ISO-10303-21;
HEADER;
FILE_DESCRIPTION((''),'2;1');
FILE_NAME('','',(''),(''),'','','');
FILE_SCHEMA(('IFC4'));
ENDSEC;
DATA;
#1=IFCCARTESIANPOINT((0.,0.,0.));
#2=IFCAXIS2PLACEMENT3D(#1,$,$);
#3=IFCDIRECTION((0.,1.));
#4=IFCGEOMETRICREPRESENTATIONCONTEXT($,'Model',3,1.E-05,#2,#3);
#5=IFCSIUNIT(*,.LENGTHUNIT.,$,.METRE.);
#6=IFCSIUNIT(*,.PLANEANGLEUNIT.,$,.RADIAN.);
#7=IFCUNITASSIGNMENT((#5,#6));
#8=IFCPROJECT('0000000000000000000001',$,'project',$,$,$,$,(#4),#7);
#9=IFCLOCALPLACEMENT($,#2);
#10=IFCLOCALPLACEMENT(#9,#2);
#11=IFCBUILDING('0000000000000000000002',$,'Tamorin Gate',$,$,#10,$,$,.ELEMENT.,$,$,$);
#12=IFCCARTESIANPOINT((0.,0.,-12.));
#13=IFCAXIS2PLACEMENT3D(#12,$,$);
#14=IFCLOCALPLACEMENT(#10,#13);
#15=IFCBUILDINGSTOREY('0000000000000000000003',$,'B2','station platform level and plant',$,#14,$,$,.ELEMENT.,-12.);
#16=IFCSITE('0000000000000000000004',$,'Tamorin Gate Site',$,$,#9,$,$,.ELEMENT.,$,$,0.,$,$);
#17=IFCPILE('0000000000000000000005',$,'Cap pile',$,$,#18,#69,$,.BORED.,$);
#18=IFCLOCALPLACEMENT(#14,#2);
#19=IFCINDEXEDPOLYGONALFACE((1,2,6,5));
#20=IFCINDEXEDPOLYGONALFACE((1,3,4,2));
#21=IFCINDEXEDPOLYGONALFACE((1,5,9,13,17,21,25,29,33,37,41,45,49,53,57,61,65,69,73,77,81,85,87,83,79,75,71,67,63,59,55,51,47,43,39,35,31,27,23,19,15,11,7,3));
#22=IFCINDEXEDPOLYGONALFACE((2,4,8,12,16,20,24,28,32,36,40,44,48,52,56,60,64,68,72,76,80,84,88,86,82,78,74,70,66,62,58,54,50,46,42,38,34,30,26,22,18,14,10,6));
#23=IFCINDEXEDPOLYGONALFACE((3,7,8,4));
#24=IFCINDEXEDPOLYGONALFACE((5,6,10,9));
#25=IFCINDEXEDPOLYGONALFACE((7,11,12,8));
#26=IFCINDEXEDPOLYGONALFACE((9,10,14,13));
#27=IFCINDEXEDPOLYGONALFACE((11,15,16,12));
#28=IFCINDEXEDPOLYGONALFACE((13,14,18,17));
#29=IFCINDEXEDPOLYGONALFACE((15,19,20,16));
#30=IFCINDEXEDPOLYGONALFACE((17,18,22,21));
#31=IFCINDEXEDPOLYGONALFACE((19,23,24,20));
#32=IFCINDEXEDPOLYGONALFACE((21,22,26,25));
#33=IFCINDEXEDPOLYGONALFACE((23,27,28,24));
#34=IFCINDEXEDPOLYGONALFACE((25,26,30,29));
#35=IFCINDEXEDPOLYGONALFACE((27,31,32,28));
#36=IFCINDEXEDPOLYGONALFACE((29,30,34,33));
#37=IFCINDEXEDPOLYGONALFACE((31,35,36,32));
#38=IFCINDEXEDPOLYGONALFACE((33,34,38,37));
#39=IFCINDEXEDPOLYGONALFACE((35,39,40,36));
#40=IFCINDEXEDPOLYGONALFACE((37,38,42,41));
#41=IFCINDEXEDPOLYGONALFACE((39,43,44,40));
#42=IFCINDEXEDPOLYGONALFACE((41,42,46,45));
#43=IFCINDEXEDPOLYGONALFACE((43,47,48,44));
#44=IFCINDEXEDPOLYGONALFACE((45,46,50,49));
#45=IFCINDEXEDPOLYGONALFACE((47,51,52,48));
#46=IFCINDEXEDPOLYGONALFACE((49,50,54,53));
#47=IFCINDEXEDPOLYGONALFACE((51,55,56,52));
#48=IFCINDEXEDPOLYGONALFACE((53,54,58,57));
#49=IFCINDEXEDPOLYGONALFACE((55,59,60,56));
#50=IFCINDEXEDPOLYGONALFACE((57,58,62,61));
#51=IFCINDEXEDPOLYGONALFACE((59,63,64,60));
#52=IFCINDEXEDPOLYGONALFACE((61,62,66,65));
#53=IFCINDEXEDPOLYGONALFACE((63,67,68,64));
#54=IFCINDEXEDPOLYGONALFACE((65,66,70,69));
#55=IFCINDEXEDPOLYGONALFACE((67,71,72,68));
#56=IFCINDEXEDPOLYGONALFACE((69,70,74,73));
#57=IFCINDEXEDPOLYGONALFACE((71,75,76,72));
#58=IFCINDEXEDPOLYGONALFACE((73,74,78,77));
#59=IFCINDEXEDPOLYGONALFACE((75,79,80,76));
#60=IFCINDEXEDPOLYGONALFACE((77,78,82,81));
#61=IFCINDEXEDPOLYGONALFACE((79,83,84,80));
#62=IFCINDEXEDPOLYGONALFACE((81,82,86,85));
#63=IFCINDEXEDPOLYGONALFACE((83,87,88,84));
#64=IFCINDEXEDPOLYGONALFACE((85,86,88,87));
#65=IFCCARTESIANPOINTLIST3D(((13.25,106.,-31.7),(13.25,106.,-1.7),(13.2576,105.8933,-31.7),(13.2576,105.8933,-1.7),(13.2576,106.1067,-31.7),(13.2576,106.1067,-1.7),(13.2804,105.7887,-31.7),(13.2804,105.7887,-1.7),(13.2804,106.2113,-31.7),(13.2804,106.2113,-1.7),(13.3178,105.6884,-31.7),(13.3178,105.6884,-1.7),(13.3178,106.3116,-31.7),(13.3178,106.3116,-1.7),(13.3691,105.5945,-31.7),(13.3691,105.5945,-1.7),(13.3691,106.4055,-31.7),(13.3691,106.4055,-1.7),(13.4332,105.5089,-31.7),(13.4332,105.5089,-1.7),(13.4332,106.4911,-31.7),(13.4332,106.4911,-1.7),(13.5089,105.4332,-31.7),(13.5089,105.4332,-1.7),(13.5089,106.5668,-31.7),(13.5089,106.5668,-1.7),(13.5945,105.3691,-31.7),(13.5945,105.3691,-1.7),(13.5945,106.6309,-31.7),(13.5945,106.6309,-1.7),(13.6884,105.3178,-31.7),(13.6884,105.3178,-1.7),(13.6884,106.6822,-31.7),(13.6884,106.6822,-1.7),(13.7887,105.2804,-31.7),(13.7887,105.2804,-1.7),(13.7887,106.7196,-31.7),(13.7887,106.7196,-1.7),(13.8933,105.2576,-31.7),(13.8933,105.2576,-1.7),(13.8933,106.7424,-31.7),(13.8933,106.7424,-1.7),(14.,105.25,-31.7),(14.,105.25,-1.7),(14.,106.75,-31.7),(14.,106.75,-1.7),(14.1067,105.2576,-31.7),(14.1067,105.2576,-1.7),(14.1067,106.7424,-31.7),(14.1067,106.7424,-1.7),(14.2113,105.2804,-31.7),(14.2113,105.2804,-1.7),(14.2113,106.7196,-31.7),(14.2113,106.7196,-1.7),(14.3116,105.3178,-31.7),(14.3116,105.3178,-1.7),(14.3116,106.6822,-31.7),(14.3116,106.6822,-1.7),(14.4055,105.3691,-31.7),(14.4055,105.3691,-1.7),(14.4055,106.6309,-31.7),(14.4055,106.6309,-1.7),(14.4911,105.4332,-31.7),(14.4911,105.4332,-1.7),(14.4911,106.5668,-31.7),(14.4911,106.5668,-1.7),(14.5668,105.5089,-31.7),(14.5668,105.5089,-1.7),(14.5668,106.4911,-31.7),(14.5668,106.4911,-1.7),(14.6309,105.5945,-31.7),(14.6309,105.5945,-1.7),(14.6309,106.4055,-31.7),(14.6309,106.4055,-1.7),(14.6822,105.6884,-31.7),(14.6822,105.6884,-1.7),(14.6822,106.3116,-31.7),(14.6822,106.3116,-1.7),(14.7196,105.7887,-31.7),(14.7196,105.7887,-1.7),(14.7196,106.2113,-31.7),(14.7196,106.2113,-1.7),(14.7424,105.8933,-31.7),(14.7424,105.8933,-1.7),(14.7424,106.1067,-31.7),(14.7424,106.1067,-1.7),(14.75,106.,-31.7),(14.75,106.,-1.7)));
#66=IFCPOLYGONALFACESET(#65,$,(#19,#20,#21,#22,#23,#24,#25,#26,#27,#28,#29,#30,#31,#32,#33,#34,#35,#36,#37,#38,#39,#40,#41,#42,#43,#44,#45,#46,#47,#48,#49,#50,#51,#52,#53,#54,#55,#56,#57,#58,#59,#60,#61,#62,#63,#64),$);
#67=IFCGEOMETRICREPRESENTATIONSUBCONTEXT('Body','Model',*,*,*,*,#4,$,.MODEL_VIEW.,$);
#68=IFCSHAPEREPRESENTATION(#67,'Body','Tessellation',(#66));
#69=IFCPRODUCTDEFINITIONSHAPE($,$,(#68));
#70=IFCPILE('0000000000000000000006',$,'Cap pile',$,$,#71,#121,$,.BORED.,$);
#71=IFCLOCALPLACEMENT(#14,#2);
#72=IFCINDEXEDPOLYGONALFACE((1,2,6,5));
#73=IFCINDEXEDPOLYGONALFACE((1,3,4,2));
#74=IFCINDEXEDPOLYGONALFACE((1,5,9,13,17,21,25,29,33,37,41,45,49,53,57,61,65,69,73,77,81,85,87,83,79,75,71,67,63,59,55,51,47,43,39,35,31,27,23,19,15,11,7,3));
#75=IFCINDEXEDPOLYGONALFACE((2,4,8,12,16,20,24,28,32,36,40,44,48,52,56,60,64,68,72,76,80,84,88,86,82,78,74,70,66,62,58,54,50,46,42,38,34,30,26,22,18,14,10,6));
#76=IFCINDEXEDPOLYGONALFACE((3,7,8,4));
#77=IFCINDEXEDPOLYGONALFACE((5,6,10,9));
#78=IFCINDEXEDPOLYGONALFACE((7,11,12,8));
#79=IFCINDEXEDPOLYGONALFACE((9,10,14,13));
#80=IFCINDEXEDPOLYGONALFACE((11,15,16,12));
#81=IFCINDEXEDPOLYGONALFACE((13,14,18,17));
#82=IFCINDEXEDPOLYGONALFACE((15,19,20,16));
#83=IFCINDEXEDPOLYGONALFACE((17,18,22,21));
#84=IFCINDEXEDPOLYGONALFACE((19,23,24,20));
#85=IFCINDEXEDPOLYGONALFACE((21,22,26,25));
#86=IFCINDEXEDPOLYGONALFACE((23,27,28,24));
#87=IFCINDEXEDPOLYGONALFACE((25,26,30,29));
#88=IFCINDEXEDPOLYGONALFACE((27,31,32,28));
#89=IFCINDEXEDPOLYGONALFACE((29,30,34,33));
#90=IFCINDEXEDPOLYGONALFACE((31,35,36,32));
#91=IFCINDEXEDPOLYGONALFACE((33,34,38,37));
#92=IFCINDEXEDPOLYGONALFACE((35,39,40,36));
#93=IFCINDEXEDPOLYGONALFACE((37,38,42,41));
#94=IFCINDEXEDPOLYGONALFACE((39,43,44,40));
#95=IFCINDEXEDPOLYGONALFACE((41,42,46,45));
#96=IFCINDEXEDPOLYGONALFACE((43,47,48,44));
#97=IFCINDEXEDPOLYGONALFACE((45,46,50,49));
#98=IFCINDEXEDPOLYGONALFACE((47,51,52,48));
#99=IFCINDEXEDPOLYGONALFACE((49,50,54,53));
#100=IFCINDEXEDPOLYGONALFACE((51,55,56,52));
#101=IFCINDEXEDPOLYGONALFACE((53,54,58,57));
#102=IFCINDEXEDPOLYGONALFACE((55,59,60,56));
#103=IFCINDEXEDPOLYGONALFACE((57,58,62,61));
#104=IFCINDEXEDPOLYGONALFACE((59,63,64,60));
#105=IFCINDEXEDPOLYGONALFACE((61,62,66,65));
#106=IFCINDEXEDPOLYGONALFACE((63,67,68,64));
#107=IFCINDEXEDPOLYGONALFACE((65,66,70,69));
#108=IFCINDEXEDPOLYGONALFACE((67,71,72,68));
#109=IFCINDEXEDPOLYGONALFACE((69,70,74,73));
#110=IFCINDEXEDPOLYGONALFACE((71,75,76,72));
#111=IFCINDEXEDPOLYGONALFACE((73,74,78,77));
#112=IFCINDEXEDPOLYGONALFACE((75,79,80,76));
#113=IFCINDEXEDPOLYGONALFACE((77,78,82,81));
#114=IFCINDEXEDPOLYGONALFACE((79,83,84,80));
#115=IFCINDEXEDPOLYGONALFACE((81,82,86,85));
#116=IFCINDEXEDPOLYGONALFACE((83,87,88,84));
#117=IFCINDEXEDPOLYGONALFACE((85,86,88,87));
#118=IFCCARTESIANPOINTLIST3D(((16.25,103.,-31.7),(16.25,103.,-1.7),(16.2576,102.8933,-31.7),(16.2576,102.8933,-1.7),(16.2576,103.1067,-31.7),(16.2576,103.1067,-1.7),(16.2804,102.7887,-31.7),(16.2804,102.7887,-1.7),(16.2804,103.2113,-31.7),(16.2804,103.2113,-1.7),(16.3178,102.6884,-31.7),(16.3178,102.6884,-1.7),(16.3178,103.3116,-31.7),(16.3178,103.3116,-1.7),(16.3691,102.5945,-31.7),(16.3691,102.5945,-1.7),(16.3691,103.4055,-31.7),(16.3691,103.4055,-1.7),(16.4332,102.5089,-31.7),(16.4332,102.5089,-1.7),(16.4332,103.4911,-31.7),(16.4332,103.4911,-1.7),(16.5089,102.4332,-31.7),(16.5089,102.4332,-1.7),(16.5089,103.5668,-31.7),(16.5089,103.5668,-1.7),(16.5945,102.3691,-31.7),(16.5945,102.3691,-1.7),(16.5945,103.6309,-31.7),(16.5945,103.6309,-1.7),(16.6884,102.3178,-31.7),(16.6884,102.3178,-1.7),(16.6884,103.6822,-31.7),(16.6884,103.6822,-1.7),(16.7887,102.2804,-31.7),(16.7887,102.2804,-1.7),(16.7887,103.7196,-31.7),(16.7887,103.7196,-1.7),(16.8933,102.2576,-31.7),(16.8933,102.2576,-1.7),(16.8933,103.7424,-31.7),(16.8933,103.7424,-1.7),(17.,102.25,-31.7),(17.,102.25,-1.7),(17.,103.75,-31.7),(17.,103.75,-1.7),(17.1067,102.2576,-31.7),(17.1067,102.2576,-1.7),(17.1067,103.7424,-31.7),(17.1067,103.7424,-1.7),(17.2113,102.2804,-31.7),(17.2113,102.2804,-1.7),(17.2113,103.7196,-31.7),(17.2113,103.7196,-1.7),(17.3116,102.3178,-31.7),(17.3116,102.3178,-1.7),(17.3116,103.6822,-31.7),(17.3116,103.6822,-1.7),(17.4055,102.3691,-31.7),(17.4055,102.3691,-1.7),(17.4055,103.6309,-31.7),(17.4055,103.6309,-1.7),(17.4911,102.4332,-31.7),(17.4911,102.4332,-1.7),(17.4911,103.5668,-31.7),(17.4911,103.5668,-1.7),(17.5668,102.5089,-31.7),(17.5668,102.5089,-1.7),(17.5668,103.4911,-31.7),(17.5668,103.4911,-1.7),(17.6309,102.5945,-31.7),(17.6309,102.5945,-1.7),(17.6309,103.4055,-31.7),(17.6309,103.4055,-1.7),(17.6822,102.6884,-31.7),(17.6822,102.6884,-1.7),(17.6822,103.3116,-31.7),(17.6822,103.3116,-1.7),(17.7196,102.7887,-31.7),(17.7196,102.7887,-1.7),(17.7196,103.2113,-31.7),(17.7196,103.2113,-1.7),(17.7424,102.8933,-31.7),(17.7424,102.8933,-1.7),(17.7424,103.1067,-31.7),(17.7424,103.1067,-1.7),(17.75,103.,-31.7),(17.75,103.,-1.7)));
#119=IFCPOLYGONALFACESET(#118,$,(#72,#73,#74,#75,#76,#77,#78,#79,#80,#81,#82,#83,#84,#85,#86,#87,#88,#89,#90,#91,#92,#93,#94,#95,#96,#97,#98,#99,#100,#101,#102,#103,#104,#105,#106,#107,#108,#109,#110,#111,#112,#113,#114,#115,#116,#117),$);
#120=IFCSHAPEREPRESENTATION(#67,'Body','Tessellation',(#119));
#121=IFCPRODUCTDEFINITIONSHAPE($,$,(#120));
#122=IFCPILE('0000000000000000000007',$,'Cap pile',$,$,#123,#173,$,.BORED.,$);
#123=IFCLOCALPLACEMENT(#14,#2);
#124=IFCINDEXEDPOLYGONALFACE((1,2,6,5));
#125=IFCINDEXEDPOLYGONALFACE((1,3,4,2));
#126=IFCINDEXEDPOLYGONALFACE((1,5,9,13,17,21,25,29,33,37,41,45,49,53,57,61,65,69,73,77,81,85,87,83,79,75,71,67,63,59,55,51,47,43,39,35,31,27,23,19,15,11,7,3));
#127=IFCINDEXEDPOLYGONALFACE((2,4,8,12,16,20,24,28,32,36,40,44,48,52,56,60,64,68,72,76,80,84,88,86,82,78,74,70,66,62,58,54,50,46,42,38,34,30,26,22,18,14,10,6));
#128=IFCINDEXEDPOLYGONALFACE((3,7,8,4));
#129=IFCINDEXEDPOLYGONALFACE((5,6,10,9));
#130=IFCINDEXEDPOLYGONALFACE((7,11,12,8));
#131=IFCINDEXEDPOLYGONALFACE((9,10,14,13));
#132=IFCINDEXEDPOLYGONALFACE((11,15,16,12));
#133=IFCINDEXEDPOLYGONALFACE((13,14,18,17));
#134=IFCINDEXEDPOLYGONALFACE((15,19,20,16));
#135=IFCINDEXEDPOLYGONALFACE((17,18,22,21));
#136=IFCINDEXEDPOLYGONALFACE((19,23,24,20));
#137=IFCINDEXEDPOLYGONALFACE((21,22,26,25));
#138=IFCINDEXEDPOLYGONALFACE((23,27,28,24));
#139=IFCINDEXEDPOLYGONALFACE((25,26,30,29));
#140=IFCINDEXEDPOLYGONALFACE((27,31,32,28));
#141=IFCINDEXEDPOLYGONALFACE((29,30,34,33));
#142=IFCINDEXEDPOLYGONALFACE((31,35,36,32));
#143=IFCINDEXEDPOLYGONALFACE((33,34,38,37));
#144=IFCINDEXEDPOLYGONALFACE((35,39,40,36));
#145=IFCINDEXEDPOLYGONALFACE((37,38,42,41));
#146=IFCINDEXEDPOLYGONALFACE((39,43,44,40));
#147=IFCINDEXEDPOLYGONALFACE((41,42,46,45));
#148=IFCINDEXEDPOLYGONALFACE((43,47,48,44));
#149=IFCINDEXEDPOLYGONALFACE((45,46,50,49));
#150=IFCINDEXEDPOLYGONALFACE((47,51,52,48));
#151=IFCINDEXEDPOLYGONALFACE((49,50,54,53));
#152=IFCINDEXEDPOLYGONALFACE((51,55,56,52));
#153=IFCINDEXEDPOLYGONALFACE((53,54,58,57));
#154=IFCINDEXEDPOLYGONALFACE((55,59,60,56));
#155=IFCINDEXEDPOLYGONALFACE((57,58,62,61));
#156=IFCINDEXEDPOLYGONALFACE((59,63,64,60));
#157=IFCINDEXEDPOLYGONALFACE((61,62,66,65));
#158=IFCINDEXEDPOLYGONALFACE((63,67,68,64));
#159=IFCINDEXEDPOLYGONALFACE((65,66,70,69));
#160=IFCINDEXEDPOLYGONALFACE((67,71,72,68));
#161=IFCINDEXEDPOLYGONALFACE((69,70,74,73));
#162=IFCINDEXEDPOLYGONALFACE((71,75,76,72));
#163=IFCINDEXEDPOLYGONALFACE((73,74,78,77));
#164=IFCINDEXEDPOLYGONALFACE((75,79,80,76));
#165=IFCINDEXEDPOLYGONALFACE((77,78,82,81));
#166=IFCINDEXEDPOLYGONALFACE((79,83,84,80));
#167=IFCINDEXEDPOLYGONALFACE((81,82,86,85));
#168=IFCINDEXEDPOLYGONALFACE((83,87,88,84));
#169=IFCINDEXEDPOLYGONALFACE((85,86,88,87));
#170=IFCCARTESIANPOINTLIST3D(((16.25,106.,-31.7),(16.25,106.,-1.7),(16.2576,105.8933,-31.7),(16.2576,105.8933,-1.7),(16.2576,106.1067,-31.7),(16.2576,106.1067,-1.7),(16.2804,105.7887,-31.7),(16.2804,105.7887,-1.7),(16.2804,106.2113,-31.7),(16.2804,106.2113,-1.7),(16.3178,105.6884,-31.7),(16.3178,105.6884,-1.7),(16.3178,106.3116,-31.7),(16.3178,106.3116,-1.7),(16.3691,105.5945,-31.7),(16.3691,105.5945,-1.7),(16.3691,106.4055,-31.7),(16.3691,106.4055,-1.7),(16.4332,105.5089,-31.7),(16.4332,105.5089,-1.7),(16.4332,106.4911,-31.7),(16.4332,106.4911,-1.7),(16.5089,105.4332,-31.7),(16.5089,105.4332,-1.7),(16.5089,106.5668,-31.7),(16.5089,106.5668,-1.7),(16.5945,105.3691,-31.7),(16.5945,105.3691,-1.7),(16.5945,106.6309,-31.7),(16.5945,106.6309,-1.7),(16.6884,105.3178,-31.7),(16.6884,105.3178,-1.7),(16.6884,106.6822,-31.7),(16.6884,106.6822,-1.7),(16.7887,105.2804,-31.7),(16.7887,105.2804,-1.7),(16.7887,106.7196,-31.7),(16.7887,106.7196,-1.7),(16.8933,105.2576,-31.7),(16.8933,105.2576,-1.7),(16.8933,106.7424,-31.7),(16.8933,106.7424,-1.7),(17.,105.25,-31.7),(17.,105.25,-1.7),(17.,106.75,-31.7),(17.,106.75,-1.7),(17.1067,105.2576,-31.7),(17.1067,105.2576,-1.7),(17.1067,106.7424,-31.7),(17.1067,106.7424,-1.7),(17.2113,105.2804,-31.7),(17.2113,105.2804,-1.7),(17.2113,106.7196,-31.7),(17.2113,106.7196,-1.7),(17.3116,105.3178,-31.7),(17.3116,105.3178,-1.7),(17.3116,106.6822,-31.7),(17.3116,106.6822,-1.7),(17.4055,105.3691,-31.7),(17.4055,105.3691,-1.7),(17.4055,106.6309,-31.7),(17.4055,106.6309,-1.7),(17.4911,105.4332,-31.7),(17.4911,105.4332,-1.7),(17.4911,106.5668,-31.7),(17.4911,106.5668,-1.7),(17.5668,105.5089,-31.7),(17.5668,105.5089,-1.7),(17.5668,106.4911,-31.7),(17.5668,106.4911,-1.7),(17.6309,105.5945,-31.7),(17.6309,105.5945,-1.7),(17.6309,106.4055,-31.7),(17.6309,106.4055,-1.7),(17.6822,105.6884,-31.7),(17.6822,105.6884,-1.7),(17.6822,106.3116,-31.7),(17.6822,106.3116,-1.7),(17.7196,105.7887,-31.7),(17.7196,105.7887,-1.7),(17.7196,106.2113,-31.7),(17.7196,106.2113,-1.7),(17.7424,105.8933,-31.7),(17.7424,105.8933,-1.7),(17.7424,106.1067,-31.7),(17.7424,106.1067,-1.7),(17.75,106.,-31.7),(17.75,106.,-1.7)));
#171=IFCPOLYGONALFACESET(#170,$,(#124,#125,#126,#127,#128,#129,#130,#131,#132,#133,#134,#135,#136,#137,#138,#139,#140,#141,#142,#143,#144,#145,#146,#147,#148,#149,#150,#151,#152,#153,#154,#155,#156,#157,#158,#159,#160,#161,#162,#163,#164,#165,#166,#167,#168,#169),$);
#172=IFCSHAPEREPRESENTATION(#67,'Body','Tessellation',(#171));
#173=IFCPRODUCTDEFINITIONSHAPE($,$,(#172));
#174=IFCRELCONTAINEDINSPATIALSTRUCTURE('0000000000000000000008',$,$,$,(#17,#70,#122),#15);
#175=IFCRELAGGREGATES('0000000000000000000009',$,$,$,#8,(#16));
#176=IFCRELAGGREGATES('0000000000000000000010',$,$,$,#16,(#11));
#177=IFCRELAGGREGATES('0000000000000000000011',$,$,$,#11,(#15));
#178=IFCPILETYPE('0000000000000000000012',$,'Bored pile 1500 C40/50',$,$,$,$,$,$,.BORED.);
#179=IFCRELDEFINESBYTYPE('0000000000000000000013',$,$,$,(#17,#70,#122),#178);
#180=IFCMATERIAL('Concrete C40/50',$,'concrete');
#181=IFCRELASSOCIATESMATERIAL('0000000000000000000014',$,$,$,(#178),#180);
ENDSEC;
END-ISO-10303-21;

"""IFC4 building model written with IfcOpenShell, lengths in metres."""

from ifc_helpers import new_model, si_unit, direction, frame, origin, origin_2d, place, context, subcontext, project, spatial, circle, extrude, material, material_profile, profile_set, type_object, element, save


model = new_model("IFC4")

# Units and contexts
model_context = context("Model", 3, precision=1e-05, world=origin(), true_north=direction((0.0, 1.0)))
body_context = subcontext(model_context, "Body", "Model", "MODEL_VIEW")
ifc_project = project(units=[si_unit("LENGTHUNIT", "METRE"), si_unit("PLANEANGLEUNIT", "RADIAN")], contexts=[model_context])

# Site, building, storey
site_placement = place(None, origin())
site = spatial("IfcSite", under=ifc_project, at=site_placement, Name="Tamorin Gate Site", CompositionType="ELEMENT", RefElevation=0.0)
building_placement = place(site_placement, origin())
building = spatial("IfcBuilding", under=site, at=building_placement, Name="Tamorin Gate", CompositionType="ELEMENT")
storey_placement = place(building_placement, frame((0.0, 0.0, -12.0)))
storey = spatial("IfcBuildingStorey", under=building, at=storey_placement, Name="B2", Description="station platform level and plant", CompositionType="ELEMENT", Elevation=-12.0)

# Piles
ifc_material_1 = material(Name="Concrete C40/50", Category="concrete")
ifc_material_profile_1 = material_profile(ifc_material_1, circle(Radius=0.75, at=origin_2d()))
ifc_profile_set_1 = profile_set([ifc_material_profile_1], Name="Concrete C40/50")
pile_type = type_object("IfcPileType", Name="Bored pile 1500 C40/50", PredefinedType="BORED", material=ifc_profile_set_1)
for number, where, z_axis, x_axis, name in (
    (1, (14.0, 106.0, -1.7), (0.0, 0.0, -1.0), (1.0, 0.0, 0.0), "Cap pile"),
    (2, (17.0, 103.0, -1.7), (0.0, 0.0, -1.0), (1.0, 0.0, 0.0), "Cap pile"),
    (3, (17.0, 106.0, -1.7), (0.0, 0.0, -1.0), (1.0, 0.0, 0.0), "Cap pile"),
):
    element("IfcPile", number, at=place(storey_placement, frame(where, z_axis=z_axis, x_axis=x_axis)), inside=storey, type_object=pile_type, Name=name, PredefinedType="BORED", context=body_context, shape_type="SweptSolid", body=[
        extrude(circle(Radius=0.75, at=origin_2d()), origin(), (0.0, 0.0, 1.0), 30.0),
    ])

save(model, "model.ifc")
